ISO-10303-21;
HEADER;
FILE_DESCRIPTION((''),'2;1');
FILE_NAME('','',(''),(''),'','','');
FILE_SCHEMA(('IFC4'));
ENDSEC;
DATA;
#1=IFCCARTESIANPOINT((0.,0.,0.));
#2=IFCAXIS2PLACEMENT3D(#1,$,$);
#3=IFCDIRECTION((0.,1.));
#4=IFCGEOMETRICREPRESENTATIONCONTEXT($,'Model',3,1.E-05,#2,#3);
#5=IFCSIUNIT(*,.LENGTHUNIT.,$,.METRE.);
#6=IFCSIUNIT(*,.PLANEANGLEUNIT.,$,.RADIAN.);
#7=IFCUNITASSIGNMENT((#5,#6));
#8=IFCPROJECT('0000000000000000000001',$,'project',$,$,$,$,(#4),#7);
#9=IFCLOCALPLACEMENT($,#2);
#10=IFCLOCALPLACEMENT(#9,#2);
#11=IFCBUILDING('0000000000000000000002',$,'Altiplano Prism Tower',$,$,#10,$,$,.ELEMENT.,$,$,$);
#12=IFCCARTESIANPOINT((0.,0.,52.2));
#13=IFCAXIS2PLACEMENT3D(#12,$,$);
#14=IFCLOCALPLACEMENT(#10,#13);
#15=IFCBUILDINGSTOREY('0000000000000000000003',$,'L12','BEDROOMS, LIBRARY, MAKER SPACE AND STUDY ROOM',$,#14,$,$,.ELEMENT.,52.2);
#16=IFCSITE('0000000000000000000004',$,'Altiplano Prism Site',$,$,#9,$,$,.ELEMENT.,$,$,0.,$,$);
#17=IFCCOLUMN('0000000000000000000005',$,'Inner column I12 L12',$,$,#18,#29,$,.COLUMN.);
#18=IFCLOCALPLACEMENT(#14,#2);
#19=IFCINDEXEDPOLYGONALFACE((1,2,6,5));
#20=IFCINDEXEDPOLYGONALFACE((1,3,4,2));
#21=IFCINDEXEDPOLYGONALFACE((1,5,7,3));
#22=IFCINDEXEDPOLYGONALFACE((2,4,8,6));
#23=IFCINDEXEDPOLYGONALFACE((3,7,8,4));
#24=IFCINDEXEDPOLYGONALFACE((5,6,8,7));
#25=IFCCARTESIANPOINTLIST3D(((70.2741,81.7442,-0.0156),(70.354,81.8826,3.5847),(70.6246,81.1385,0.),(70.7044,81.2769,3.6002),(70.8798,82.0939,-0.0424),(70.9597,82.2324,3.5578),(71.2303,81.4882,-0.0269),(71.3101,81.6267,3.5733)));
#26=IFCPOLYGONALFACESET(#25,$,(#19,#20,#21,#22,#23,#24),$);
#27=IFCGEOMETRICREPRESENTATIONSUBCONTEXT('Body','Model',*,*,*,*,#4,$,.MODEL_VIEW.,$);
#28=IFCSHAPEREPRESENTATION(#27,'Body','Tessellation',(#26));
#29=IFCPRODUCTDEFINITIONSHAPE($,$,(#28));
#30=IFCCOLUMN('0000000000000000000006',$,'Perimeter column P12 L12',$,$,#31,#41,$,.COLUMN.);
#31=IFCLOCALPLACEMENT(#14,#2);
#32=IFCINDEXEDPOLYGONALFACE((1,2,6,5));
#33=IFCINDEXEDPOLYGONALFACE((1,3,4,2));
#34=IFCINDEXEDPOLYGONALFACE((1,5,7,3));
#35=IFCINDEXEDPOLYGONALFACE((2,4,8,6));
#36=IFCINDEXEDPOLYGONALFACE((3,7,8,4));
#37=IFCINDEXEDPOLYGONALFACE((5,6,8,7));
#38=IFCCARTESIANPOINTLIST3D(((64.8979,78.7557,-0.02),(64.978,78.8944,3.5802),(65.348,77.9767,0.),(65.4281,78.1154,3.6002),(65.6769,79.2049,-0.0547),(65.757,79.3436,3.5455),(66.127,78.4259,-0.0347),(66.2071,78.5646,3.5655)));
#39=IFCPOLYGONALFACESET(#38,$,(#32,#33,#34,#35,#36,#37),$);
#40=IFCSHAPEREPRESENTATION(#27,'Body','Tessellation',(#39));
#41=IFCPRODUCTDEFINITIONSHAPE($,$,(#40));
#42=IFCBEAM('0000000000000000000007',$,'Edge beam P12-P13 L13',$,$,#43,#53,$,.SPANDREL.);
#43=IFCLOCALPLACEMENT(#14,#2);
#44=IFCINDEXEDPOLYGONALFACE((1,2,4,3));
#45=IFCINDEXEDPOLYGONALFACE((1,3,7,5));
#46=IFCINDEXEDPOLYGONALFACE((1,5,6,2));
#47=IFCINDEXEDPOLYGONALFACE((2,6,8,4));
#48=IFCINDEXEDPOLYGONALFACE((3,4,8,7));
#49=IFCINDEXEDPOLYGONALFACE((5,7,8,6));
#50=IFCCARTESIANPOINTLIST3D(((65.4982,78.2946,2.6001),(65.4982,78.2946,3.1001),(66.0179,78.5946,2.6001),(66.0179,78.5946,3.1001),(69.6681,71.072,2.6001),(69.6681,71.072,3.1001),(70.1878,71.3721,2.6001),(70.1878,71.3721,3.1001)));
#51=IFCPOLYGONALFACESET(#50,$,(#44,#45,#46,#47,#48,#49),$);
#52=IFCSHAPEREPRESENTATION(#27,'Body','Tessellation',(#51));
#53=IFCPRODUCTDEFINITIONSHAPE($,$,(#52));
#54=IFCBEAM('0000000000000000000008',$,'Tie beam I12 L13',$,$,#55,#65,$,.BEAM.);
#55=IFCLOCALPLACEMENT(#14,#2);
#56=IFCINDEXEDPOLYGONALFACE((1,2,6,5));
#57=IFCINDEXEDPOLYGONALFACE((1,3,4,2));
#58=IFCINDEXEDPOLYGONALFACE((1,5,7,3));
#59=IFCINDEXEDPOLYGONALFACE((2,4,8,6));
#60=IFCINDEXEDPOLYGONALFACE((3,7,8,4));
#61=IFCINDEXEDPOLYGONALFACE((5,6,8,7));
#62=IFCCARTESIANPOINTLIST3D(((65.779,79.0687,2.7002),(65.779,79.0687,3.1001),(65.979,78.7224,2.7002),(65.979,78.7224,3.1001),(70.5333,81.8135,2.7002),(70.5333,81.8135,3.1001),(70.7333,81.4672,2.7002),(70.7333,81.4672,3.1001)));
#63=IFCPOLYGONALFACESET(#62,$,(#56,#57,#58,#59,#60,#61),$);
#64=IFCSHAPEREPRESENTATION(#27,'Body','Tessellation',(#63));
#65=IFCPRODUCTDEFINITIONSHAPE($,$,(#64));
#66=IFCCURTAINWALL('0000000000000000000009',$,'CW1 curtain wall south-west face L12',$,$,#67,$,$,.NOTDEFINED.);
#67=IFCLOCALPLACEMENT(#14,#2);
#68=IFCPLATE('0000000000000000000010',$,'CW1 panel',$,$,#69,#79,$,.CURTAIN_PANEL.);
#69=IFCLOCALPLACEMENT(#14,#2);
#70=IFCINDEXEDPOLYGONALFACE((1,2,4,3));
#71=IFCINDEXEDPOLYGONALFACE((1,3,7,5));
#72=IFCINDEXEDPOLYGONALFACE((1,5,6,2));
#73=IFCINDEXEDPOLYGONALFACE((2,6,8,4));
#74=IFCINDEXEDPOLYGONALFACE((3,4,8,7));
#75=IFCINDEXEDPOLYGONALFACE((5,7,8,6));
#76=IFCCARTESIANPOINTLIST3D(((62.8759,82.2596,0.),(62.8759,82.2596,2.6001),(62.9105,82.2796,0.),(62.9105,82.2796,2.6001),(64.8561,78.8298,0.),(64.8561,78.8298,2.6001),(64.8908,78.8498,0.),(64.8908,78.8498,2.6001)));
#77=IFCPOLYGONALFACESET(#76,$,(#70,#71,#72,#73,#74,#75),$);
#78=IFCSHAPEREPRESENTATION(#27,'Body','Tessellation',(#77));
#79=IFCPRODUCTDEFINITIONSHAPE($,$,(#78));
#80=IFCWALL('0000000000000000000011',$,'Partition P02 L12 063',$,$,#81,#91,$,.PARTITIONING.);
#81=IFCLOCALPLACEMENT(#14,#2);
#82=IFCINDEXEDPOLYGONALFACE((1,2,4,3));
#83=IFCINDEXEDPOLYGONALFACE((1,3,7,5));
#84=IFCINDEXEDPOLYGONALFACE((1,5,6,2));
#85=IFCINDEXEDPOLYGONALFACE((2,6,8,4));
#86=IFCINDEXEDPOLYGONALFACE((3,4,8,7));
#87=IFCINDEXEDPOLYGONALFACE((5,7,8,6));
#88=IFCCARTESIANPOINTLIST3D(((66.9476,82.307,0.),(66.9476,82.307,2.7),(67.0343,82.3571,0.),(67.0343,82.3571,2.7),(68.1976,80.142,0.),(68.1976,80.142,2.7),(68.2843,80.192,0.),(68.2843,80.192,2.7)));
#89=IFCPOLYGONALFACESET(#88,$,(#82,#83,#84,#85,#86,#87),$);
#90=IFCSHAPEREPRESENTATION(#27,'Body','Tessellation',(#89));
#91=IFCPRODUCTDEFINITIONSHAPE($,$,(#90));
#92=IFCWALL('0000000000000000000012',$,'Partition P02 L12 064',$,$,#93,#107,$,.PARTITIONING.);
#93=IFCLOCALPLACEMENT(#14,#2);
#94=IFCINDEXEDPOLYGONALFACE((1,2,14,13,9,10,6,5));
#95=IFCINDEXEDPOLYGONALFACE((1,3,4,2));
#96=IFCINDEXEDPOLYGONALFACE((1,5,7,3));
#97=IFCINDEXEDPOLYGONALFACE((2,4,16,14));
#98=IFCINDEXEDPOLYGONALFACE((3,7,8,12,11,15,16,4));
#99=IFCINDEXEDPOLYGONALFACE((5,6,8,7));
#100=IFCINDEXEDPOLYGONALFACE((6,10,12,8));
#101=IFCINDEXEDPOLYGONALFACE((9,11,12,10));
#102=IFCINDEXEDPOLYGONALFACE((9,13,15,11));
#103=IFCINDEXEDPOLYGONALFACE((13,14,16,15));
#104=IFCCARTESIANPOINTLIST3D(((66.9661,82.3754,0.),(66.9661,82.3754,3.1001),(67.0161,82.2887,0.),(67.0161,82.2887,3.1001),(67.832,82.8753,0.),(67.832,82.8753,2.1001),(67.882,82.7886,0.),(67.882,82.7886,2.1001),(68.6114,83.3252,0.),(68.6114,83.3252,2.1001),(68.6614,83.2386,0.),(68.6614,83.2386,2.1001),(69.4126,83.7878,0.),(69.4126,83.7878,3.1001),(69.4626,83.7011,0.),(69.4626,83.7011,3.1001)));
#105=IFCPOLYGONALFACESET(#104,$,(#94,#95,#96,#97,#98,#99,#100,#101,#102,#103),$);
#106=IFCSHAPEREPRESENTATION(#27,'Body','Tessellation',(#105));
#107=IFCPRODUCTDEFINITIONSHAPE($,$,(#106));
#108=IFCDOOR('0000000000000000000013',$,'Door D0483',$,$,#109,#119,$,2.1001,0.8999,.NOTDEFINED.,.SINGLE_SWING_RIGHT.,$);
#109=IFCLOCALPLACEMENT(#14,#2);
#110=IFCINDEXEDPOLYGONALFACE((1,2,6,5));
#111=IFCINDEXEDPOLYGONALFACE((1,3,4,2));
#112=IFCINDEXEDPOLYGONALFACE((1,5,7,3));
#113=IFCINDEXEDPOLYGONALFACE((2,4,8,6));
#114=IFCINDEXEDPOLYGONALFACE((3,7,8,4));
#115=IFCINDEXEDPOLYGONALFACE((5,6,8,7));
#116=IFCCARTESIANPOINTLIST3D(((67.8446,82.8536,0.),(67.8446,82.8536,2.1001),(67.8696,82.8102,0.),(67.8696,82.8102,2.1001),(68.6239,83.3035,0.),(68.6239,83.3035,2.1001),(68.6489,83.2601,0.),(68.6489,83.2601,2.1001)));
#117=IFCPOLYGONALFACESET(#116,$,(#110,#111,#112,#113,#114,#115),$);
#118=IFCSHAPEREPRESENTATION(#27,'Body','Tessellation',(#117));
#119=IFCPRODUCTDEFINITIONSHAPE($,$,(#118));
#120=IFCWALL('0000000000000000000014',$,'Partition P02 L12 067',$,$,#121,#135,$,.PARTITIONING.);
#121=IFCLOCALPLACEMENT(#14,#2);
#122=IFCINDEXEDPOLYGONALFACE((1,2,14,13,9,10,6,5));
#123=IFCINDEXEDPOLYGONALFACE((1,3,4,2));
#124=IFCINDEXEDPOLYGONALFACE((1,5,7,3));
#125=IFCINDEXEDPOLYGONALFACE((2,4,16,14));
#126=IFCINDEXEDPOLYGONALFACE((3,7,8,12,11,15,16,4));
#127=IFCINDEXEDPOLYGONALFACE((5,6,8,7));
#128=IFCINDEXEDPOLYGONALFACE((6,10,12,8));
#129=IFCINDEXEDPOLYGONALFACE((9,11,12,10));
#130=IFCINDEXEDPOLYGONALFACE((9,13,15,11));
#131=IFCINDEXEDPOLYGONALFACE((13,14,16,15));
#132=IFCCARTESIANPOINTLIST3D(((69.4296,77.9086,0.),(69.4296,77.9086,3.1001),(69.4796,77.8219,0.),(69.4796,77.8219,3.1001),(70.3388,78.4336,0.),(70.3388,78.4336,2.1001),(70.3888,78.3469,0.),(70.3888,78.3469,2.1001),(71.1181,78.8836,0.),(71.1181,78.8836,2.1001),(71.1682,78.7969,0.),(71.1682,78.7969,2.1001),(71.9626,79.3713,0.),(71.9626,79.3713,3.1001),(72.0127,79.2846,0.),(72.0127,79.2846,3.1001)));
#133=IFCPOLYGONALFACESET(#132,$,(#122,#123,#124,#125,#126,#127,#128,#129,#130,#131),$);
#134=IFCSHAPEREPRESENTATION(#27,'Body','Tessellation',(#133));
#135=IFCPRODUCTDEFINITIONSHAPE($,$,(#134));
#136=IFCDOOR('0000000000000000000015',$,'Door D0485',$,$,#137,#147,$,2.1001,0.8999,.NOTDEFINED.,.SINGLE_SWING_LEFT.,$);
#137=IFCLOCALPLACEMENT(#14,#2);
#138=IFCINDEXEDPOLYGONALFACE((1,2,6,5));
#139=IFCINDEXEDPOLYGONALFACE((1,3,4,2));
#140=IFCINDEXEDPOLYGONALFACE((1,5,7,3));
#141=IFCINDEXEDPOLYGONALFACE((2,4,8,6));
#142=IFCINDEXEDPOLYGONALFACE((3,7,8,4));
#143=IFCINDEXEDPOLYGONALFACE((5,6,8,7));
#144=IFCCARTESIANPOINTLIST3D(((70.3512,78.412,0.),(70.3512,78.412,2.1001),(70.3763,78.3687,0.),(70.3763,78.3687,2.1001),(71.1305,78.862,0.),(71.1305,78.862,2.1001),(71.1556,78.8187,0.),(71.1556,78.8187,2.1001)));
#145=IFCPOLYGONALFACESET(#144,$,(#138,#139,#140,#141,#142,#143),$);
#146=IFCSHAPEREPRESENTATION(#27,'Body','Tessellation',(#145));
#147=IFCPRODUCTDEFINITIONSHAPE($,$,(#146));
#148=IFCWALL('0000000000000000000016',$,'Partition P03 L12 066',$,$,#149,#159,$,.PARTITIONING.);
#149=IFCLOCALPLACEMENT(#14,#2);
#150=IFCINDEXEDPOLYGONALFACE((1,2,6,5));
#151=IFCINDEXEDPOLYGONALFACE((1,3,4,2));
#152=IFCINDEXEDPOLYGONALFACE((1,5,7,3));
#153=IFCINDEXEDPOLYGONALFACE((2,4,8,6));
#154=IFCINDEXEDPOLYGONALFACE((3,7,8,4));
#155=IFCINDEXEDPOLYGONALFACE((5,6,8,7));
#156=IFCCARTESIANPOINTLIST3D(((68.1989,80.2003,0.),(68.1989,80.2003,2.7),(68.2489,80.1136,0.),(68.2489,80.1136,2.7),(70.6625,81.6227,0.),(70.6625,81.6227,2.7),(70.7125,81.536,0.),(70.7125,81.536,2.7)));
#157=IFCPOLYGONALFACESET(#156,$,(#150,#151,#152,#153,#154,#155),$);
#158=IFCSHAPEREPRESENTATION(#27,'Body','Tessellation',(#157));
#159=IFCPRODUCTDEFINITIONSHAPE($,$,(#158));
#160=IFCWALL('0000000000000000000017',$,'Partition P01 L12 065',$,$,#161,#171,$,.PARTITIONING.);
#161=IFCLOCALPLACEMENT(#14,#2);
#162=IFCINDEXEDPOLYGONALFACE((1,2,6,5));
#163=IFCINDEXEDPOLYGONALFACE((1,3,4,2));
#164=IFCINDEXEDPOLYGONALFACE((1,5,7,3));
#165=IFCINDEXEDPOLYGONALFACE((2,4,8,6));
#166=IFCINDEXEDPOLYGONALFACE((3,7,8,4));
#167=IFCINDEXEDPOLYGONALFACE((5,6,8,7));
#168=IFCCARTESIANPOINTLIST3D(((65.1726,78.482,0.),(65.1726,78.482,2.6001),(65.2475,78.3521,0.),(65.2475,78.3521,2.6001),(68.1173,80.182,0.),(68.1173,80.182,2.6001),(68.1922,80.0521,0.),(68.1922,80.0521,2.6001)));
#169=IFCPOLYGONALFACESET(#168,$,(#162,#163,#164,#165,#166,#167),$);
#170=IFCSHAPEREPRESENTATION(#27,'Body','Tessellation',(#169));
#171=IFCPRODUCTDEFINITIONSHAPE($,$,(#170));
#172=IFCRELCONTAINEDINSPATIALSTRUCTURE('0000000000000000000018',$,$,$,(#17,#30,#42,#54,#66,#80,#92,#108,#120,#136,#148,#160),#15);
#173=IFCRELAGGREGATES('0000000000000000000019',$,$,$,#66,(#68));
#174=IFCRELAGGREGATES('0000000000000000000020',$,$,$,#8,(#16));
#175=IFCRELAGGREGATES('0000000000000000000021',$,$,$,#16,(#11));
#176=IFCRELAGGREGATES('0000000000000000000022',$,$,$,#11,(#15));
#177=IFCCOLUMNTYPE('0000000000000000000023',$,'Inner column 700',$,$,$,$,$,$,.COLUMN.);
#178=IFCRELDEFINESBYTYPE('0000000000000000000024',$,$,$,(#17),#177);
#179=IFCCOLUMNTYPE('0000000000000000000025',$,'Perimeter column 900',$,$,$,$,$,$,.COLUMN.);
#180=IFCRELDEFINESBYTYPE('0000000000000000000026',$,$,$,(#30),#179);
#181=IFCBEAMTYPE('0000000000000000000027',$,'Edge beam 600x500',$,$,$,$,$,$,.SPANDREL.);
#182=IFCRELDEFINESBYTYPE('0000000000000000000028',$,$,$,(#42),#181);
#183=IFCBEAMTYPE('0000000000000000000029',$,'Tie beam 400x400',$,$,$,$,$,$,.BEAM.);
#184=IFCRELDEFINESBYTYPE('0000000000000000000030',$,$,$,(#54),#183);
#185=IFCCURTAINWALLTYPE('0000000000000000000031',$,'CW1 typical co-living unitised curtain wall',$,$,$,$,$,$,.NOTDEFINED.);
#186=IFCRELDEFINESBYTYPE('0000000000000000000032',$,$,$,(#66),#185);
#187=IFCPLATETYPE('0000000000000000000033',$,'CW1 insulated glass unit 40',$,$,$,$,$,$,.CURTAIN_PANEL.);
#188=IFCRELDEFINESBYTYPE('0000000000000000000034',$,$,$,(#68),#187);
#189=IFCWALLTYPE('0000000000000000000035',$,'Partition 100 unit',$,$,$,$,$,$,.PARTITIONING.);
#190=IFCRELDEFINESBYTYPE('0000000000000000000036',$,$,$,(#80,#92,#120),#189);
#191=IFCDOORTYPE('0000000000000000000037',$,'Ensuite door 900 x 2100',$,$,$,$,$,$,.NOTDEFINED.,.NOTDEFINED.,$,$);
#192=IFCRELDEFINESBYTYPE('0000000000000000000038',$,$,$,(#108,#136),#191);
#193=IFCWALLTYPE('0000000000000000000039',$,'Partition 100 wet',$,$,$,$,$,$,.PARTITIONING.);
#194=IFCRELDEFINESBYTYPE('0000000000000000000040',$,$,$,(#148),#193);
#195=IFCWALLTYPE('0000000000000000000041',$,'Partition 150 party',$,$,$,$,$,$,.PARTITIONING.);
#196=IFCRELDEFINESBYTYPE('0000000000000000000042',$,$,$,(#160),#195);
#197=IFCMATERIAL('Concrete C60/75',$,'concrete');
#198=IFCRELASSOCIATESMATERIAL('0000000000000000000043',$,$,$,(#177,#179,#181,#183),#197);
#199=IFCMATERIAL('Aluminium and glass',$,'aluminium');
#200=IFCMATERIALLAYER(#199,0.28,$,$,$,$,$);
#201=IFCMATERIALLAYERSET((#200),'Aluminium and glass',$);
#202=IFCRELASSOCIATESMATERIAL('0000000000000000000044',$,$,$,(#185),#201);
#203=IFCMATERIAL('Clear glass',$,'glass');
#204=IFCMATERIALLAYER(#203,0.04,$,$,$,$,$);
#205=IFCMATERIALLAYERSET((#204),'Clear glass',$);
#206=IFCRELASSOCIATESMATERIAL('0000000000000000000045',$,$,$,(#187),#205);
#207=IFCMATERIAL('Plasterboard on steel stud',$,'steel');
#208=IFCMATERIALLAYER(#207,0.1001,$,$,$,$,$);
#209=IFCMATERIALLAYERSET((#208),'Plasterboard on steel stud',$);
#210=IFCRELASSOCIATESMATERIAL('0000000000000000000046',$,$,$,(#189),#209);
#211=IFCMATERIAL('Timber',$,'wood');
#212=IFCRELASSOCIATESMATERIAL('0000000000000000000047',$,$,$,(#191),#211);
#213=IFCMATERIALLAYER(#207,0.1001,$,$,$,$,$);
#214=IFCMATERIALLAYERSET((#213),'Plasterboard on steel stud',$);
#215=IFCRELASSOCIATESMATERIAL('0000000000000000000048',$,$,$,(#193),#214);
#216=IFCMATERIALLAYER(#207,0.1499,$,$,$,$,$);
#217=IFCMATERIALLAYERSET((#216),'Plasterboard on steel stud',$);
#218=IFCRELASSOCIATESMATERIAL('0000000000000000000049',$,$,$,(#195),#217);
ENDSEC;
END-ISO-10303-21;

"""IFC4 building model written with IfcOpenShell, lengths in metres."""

from ifc_helpers import new_model, si_unit, direction, frame, frame_2d, origin, origin_2d, place, context, subcontext, project, spatial, rectangle, extrude, material, layer, layer_set, material_profile, profile_set, type_object, element, fill, aggregate, save


model = new_model("IFC4")

# Units and contexts
model_context = context("Model", 3, precision=1e-05, world=origin(), true_north=direction((0.0, 1.0)))
body_context = subcontext(model_context, "Body", "Model", "MODEL_VIEW")
ifc_project = project(units=[si_unit("LENGTHUNIT", "METRE"), si_unit("PLANEANGLEUNIT", "RADIAN")], contexts=[model_context])

# Site, building, storey
site_placement = place(None, origin())
site = spatial("IfcSite", under=ifc_project, at=site_placement, Name="Altiplano Prism Site", CompositionType="ELEMENT", RefElevation=0.0)
building_placement = place(site_placement, origin())
building = spatial("IfcBuilding", under=site, at=building_placement, Name="Altiplano Prism Tower", CompositionType="ELEMENT")
storey_placement = place(building_placement, frame((0.0, 0.0, 52.2)))
storey = spatial("IfcBuildingStorey", under=building, at=storey_placement, Name="L12", Description="BEDROOMS, LIBRARY, MAKER SPACE AND STUDY ROOM", CompositionType="ELEMENT", Elevation=52.2)

# Columns
ifc_material_1 = material(Name="Concrete C60/75", Category="concrete")
ifc_material_profile_1 = material_profile(ifc_material_1, rectangle(XDim=0.7, YDim=0.7, at=origin_2d()), Name="Inner column 700")
ifc_profile_set_1 = profile_set([ifc_material_profile_1], Name="Concrete C60/75")
column_type_1 = type_object("IfcColumnType", Name="Inner column 700", PredefinedType="COLUMN", material=ifc_profile_set_1)
column_1_placement = place(storey_placement, frame((70.7522, 81.6162, -0.0212), z_axis=(0.022154, 0.038413, 0.999016), x_axis=(-0.865362, -0.499674, 0.038403)))
element("IfcColumn", 1, at=column_1_placement, inside=storey, type_object=column_type_1, Name="Inner column I12 L12", PredefinedType="COLUMN", context=body_context, shape_type="SweptSolid", body=[
    extrude(rectangle(XDim=0.7, YDim=0.7, at=origin_2d()), origin(), (0.0, 0.0, 1.0), 3.6038),
])
ifc_material_profile_2 = material_profile(ifc_material_1, rectangle(XDim=0.8999, YDim=0.8999, at=origin_2d()), Name="Perimeter column 900")
ifc_profile_set_2 = profile_set([ifc_material_profile_2], Name="Concrete C60/75")
column_type_2 = type_object("IfcColumnType", Name="Perimeter column 900", PredefinedType="COLUMN", material=ifc_profile_set_2)
column_2_placement = place(storey_placement, frame((65.5125, 78.5908, -0.0273), z_axis=(0.022221, 0.038481, 0.999012), x_axis=(-0.865639, -0.499187, 0.038483)))
element("IfcColumn", 2, at=column_2_placement, inside=storey, type_object=column_type_2, Name="Perimeter column P12 L12", PredefinedType="COLUMN", context=body_context, shape_type="SweptSolid", body=[
    extrude(rectangle(XDim=0.8999, YDim=0.8999, at=origin_2d()), origin(), (0.0, 0.0, 1.0), 3.6038),
])

# Beams
ifc_material_profile_3 = material_profile(ifc_material_1, rectangle(XDim=0.6001, YDim=0.5, at=origin_2d()), Name="Edge beam 600x500")
ifc_profile_set_3 = profile_set([ifc_material_profile_3], Name="Concrete C60/75")
beam_type_1 = type_object("IfcBeamType", Name="Edge beam 600x500", PredefinedType="SPANDREL", material=ifc_profile_set_3)
beam_1_placement = place(storey_placement, frame((65.7581, 78.4446, 2.8501), z_axis=(0.499993, -0.86603, 0.0), x_axis=(0.86603, 0.499993, 0.0)))
element("IfcBeam", 3, at=beam_1_placement, inside=storey, type_object=beam_type_1, Name="Edge beam P12-P13 L13", PredefinedType="SPANDREL", context=body_context, shape_type="SweptSolid", body=[
    extrude(rectangle(XDim=0.6001, YDim=0.5, at=origin_2d()), origin(), (0.0, 0.0, 1.0), 8.3398),
])
ifc_material_profile_4 = material_profile(ifc_material_1, rectangle(XDim=0.3999, YDim=0.3999, at=origin_2d()), Name="Tie beam 400x400")
ifc_profile_set_4 = profile_set([ifc_material_profile_4], Name="Concrete C60/75")
beam_type_2 = type_object("IfcBeamType", Name="Tie beam 400x400", PredefinedType="BEAM", material=ifc_profile_set_4)
beam_2_placement = place(storey_placement, frame((70.6333, 81.6404, 2.9001), z_axis=(-0.866032, -0.499989, 0.0), x_axis=(0.499989, -0.866032, 0.0)))
element("IfcBeam", 4, at=beam_2_placement, inside=storey, type_object=beam_type_2, Name="Tie beam I12 L13", PredefinedType="BEAM", context=body_context, shape_type="SweptSolid", body=[
    extrude(rectangle(XDim=0.3999, YDim=0.3999, at=origin_2d()), origin(), (0.0, 0.0, 1.0), 5.4897),
])

# Curtain wall, plate
ifc_material_2 = material(Name="Aluminium and glass", Category="aluminium")
ifc_layer_1 = layer(ifc_material_2, 0.28)
ifc_layer_set_1 = layer_set([ifc_layer_1], Name="Aluminium and glass")
curtain_wall_type = type_object("IfcCurtainWallType", Name="CW1 typical co-living unitised curtain wall", PredefinedType="NOTDEFINED", material=ifc_layer_set_1)
curtain_wall_placement = place(storey_placement, origin())
curtain_wall = element("IfcCurtainWall", 5, at=curtain_wall_placement, inside=storey, type_object=curtain_wall_type, Name="CW1 curtain wall south-west face L12", PredefinedType="NOTDEFINED")
ifc_material_3 = material(Name="Clear glass", Category="glass")
ifc_layer_2 = layer(ifc_material_3, 0.04)
ifc_layer_set_2 = layer_set([ifc_layer_2], Name="Clear glass")
plate_type = type_object("IfcPlateType", Name="CW1 insulated glass unit 40", PredefinedType="CURTAIN_PANEL", material=ifc_layer_set_2)
plate_placement = place(storey_placement, frame((63.8833, 80.5547, 0.0), z_axis=(0.0, 0.0, 1.0), x_axis=(0.5, -0.866025, 0.0)))
plate = element("IfcPlate", 6, at=plate_placement, type_object=plate_type, Name="CW1 panel", PredefinedType="CURTAIN_PANEL", context=body_context, shape_type="SweptSolid", body=[
    extrude(rectangle(XDim=3.9604, YDim=0.04, at=origin_2d()), origin(), (0.0, 0.0, 1.0), 2.6001),
])
aggregate(curtain_wall, [plate])

# Wall
ifc_material_4 = material(Name="Plasterboard on steel stud", Category="steel")
ifc_layer_3 = layer(ifc_material_4, 0.1001)
ifc_layer_set_3 = layer_set([ifc_layer_3], Name="Plasterboard on steel stud")
wall_type_1 = type_object("IfcWallType", Name="Partition 100 unit", PredefinedType="PARTITIONING", material=ifc_layer_set_3)
wall_1_placement = place(storey_placement, frame((68.241, 80.167, 0.0), z_axis=(0.0, 0.0, 1.0), x_axis=(-0.500004, 0.866023, 0.0)))
element("IfcWall", 7, at=wall_1_placement, inside=storey, type_object=wall_type_1, Name="Partition P02 L12 063", PredefinedType="PARTITIONING", context=body_context, shape_type="SweptSolid", body=[
    extrude(rectangle(XDim=2.5, YDim=0.1001, at=frame_2d((1.25, 0.0))), origin(), (0.0, 0.0, 1.0), 2.7),
])

# Walls, openings, doors
wall_2_placement = place(storey_placement, frame((66.991, 82.332, 0.0), z_axis=(0.0, 0.0, 1.0), x_axis=(0.866049, 0.499959, 0.0)))
wall_2 = element("IfcWall", 8, at=wall_2_placement, inside=storey, type_object=wall_type_1, Name="Partition P02 L12 064", PredefinedType="PARTITIONING", context=body_context, shape_type="SweptSolid", body=[
    extrude(rectangle(XDim=2.825, YDim=0.1001, at=frame_2d((1.4126, 0.0))), origin(), (0.0, 0.0, 1.0), 3.1001),
])
opening_1_placement = place(wall_2_placement, frame((1.0, 0.0, 0.0)))
opening_1 = element("IfcOpeningElement", 9, at=opening_1_placement, cuts=wall_2, PredefinedType="OPENING", context=body_context, shape_type="SweptSolid", body=[
    extrude(rectangle(XDim=0.8999, YDim=2.1001, at=frame_2d((0.45, 1.05))), frame((0.0, 0.0605, 0.0), z_axis=(0.0, -1.0, 0.0), x_axis=(1.0, 0.0, 0.0)), (0.0, 0.0, 1.0), 0.1211),
])
ifc_material_5 = material(Name="Timber", Category="wood")
door_type = type_object("IfcDoorType", Name="Ensuite door 900 x 2100", OperationType="NOTDEFINED", PredefinedType="NOTDEFINED", material=ifc_material_5)
door_1_placement = place(opening_1_placement, origin())
door_1 = element("IfcDoor", 10, at=door_1_placement, inside=storey, type_object=door_type, Name="Door D0483", OperationType="SINGLE_SWING_RIGHT", OverallHeight=2.1001, OverallWidth=0.8999, PredefinedType="NOTDEFINED", context=body_context, shape_type="SweptSolid", body=[
    extrude(rectangle(XDim=0.8999, YDim=2.1001, at=frame_2d((0.45, 1.05))), frame((0.0, 0.0249, 0.0), z_axis=(0.0, -1.0, 0.0), x_axis=(1.0, 0.0, 0.0)), (0.0, 0.0, 1.0), 0.05),
])
fill(opening_1, door_1)
wall_3_placement = place(storey_placement, frame((71.9875, 79.3279, 0.0), z_axis=(0.0, 0.0, 1.0), x_axis=(-0.86599, -0.500062, 0.0)))
wall_3 = element("IfcWall", 11, at=wall_3_placement, inside=storey, type_object=wall_type_1, Name="Partition P02 L12 067", PredefinedType="PARTITIONING", context=body_context, shape_type="SweptSolid", body=[
    extrude(rectangle(XDim=2.925, YDim=0.1001, at=frame_2d((1.4624, 0.0))), origin(), (0.0, 0.0, 1.0), 3.1001),
])
opening_2_placement = place(wall_3_placement, frame((0.9751, 0.0, 0.0)))
opening_2 = element("IfcOpeningElement", 12, at=opening_2_placement, cuts=wall_3, PredefinedType="OPENING", context=body_context, shape_type="SweptSolid", body=[
    extrude(rectangle(XDim=0.8999, YDim=2.1001, at=frame_2d((0.45, 1.05))), frame((0.0, 0.0605, 0.0), z_axis=(0.0, -1.0, 0.0), x_axis=(1.0, 0.0, 0.0)), (0.0, 0.0, 1.0), 0.1211),
])
door_2_placement = place(opening_2_placement, origin())
door_2 = element("IfcDoor", 13, at=door_2_placement, inside=storey, type_object=door_type, Name="Door D0485", OperationType="SINGLE_SWING_LEFT", OverallHeight=2.1001, OverallWidth=0.8999, PredefinedType="NOTDEFINED", context=body_context, shape_type="SweptSolid", body=[
    extrude(rectangle(XDim=0.8999, YDim=2.1001, at=frame_2d((0.45, 1.05))), frame((0.0, 0.0249, 0.0), z_axis=(0.0, -1.0, 0.0), x_axis=(1.0, 0.0, 0.0)), (0.0, 0.0, 1.0), 0.05),
])
fill(opening_2, door_2)

# Walls
ifc_layer_4 = layer(ifc_material_4, 0.1001)
ifc_layer_set_4 = layer_set([ifc_layer_4], Name="Plasterboard on steel stud")
wall_type_2 = type_object("IfcWallType", Name="Partition 100 wet", PredefinedType="PARTITIONING", material=ifc_layer_set_4)
wall_4_placement = place(storey_placement, frame((68.2239, 80.157, 0.0), z_axis=(0.0, 0.0, 1.0), x_axis=(0.866027, 0.499997, 0.0)))
element("IfcWall", 14, at=wall_4_placement, inside=storey, type_object=wall_type_2, Name="Partition P03 L12 066", PredefinedType="PARTITIONING", context=body_context, shape_type="SweptSolid", body=[
    extrude(rectangle(XDim=2.8447, YDim=0.1001, at=frame_2d((1.4224, 0.0))), origin(), (0.0, 0.0, 1.0), 2.7),
])
ifc_layer_5 = layer(ifc_material_4, 0.1499)
ifc_layer_set_5 = layer_set([ifc_layer_5], Name="Plasterboard on steel stud")
wall_type_3 = type_object("IfcWallType", Name="Partition 150 party", PredefinedType="PARTITIONING", material=ifc_layer_set_5)
wall_5_placement = place(storey_placement, frame((65.21, 78.417, 0.0), z_axis=(0.0, 0.0, 1.0), x_axis=(0.866039, 0.499977, 0.0)))
element("IfcWall", 15, at=wall_5_placement, inside=storey, type_object=wall_type_3, Name="Partition P01 L12 065", PredefinedType="PARTITIONING", context=body_context, shape_type="SweptSolid", body=[
    extrude(rectangle(XDim=3.4001, YDim=0.1499, at=frame_2d((1.7002, 0.0))), origin(), (0.0, 0.0, 1.0), 2.6001),
])

save(model, "model.ifc")
